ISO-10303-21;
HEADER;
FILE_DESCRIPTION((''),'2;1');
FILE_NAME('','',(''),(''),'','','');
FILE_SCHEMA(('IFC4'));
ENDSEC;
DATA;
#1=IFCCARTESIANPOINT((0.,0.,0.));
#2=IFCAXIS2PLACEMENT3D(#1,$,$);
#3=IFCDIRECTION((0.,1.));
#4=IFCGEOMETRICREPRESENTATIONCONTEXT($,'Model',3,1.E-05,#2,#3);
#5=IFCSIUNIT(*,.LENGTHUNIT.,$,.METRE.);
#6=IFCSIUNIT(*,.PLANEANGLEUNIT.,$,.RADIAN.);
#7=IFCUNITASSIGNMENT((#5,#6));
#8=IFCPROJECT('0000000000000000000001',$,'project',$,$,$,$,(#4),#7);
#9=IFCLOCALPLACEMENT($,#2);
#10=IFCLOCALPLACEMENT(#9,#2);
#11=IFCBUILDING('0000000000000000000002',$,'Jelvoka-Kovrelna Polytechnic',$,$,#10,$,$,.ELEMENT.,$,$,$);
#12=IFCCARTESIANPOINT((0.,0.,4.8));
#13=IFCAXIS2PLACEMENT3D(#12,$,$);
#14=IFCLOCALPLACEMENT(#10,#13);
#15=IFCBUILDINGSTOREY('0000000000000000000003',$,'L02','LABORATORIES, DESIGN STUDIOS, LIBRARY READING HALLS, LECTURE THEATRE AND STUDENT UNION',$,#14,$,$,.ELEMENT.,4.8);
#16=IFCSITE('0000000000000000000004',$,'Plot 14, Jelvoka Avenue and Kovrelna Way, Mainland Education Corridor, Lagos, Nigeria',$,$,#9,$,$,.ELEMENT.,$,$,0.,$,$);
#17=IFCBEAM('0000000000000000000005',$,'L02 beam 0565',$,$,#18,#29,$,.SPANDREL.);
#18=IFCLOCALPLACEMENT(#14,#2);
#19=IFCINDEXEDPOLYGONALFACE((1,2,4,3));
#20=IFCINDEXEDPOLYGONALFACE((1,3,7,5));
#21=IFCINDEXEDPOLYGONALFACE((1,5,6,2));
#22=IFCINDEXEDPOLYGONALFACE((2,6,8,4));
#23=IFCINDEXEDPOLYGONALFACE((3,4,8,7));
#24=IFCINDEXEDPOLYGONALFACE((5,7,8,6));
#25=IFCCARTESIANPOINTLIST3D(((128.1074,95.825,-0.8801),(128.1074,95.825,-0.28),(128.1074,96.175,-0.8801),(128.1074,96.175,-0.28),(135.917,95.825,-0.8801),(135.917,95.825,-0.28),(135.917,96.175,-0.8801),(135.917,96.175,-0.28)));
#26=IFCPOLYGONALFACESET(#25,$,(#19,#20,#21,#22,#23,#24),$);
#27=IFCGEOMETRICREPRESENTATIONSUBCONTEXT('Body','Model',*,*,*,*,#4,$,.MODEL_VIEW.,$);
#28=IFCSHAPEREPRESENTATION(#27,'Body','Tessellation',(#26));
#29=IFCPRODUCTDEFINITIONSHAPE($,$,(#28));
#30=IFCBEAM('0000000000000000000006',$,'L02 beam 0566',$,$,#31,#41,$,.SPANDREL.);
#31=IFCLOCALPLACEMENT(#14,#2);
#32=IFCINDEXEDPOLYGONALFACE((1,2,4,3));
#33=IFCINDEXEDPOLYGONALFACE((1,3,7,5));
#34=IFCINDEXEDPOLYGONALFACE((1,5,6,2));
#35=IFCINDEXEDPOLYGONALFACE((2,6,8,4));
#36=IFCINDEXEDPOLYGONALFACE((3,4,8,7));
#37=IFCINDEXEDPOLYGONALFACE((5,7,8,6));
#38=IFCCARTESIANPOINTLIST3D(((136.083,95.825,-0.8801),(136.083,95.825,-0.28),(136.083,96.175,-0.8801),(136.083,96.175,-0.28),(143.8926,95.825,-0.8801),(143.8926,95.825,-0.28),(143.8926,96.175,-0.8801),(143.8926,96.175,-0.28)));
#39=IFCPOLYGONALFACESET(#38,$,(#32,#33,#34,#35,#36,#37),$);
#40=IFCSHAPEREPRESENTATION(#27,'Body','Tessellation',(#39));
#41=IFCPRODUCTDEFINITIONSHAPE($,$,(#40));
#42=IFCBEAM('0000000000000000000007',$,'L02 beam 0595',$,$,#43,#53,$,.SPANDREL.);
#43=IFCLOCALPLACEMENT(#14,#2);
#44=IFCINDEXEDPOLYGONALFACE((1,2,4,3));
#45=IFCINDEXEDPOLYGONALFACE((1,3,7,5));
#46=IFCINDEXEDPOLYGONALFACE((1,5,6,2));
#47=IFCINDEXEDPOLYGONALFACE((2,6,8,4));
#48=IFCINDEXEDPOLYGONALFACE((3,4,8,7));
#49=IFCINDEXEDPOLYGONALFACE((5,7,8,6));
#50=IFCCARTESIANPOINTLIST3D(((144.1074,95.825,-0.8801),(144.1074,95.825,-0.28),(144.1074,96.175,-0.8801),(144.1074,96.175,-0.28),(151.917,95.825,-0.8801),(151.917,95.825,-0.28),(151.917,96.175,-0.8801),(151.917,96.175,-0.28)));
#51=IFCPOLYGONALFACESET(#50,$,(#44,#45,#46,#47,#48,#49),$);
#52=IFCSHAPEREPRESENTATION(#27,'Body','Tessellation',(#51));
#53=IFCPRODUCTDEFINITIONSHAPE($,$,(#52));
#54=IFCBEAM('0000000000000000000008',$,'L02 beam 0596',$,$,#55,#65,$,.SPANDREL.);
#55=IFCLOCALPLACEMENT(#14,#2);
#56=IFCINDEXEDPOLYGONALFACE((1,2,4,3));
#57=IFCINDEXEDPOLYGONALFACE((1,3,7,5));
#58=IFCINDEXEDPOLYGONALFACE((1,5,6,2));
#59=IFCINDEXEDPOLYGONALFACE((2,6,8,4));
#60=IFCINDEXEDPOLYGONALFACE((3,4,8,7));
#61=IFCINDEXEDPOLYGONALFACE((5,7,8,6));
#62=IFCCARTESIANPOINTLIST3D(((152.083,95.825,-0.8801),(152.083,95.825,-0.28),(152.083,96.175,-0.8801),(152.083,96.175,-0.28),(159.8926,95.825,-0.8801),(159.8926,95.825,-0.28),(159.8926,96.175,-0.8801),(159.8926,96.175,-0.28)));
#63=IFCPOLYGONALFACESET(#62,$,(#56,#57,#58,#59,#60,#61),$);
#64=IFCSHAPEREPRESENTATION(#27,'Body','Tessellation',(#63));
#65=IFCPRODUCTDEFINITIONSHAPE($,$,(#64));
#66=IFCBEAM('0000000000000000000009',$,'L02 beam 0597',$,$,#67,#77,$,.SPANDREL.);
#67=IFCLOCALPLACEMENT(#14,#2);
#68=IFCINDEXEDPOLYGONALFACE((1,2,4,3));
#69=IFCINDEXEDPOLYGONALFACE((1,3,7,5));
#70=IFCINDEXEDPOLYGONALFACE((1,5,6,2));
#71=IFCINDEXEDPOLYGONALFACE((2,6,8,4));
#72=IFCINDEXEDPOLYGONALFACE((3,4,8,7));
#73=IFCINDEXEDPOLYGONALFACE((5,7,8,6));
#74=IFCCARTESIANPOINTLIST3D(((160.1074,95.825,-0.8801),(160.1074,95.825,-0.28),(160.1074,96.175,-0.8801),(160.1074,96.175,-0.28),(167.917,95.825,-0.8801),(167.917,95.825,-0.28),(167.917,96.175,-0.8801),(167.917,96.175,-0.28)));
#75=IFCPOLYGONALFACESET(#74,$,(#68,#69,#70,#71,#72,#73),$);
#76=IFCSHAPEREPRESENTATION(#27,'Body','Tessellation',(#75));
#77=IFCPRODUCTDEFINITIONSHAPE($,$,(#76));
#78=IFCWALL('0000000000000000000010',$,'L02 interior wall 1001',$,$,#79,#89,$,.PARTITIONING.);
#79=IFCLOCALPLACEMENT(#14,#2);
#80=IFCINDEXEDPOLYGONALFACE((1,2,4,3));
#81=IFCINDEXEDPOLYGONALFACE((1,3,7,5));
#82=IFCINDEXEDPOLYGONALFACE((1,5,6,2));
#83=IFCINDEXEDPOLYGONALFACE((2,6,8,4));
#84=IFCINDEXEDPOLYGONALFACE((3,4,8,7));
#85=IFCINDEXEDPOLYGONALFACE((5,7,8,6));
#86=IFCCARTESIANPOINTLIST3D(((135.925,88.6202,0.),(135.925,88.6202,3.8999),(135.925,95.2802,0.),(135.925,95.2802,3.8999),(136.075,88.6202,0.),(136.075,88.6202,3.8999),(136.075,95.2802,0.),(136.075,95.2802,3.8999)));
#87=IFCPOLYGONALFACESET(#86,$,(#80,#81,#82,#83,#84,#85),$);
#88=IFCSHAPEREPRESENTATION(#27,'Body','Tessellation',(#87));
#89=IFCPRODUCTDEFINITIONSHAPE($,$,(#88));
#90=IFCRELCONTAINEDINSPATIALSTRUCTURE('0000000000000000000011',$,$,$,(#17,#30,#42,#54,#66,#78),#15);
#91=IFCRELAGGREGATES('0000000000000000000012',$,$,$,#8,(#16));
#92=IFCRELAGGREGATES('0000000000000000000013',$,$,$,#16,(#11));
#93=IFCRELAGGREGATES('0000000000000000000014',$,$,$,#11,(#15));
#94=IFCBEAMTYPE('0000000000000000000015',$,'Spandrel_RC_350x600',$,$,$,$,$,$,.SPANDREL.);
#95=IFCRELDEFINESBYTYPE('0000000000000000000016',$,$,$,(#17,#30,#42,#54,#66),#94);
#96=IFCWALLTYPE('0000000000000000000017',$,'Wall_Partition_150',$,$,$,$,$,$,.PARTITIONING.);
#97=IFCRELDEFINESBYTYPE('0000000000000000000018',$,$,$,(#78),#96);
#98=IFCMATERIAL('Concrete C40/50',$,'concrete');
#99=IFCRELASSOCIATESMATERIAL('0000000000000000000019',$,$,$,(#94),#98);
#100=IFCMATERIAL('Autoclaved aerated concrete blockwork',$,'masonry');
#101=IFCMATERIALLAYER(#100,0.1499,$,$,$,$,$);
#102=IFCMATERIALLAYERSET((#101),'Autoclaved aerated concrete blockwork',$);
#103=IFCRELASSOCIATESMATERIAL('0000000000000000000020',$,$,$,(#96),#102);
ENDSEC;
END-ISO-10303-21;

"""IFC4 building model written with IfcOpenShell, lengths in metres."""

from ifc_helpers import new_model, si_unit, direction, frame, frame_2d, origin, origin_2d, place, context, subcontext, project, spatial, rectangle, extrude, material, layer, layer_set, material_profile, profile_set, type_object, element, save


model = new_model("IFC4")

# Units and contexts
model_context = context("Model", 3, precision=1e-05, world=origin(), true_north=direction((0.0, 1.0)))
body_context = subcontext(model_context, "Body", "Model", "MODEL_VIEW")
ifc_project = project(units=[si_unit("LENGTHUNIT", "METRE"), si_unit("PLANEANGLEUNIT", "RADIAN")], contexts=[model_context])

# Site, building, storey
site_placement = place(None, origin())
site = spatial("IfcSite", under=ifc_project, at=site_placement, Name="Plot 14, Jelvoka Avenue and Kovrelna Way, Mainland Education Corridor, Lagos, Nigeria", CompositionType="ELEMENT", RefElevation=0.0)
building_placement = place(site_placement, origin())
building = spatial("IfcBuilding", under=site, at=building_placement, Name="Jelvoka-Kovrelna Polytechnic", CompositionType="ELEMENT")
storey_placement = place(building_placement, frame((0.0, 0.0, 4.8)))
storey = spatial("IfcBuildingStorey", under=building, at=storey_placement, Name="L02", Description="LABORATORIES, DESIGN STUDIOS, LIBRARY READING HALLS, LECTURE THEATRE AND STUDENT UNION", CompositionType="ELEMENT", Elevation=4.8)

# Beams
ifc_material_1 = material(Name="Concrete C40/50", Category="concrete")
ifc_material_profile_1 = material_profile(ifc_material_1, rectangle(XDim=0.3501, YDim=0.6001, at=origin_2d()), Name="RC 350x600")
ifc_profile_set_1 = profile_set([ifc_material_profile_1], Name="Concrete C40/50")
beam_type_1 = type_object("IfcBeamType", Name="Spandrel_RC_350x600", PredefinedType="SPANDREL", material=ifc_profile_set_1)
for number, where, z_axis, x_axis, name in (
    (1, (128.1074, 96.0, -0.5801), (1.0, 0.0, 0.0), (0.0, 1.0, 0.0), "L02 beam 0565"),
    (2, (136.083, 96.0, -0.5801), (1.0, 0.0, 0.0), (0.0, 1.0, 0.0), "L02 beam 0566"),
    (3, (144.1074, 96.0, -0.5801), (1.0, 0.0, 0.0), (0.0, 1.0, 0.0), "L02 beam 0595"),
    (4, (152.083, 96.0, -0.5801), (1.0, 0.0, 0.0), (0.0, 1.0, 0.0), "L02 beam 0596"),
    (5, (160.1074, 96.0, -0.5801), (1.0, 0.0, 0.0), (0.0, 1.0, 0.0), "L02 beam 0597"),
):
    element("IfcBeam", number, at=place(storey_placement, frame(where, z_axis=z_axis, x_axis=x_axis)), inside=storey, type_object=beam_type_1, Name=name, PredefinedType="SPANDREL", context=body_context, shape_type="SweptSolid", body=[
        extrude(rectangle(XDim=0.3501, YDim=0.6001, at=origin_2d()), origin(), (0.0, 0.0, 1.0), 7.8096),
    ])

# Wall
ifc_material_2 = material(Name="Autoclaved aerated concrete blockwork", Category="masonry")
ifc_layer = layer(ifc_material_2, 0.1499)
ifc_layer_set = layer_set([ifc_layer], Name="Autoclaved aerated concrete blockwork")
wall_type = type_object("IfcWallType", Name="Wall_Partition_150", PredefinedType="PARTITIONING", material=ifc_layer_set)
wall_placement = place(storey_placement, frame((136.0, 88.6201, 0.0), z_axis=(0.0, 0.0, 1.0), x_axis=(0.0, 1.0, 0.0)))
element("IfcWall", 6, at=wall_placement, inside=storey, type_object=wall_type, Name="L02 interior wall 1001", PredefinedType="PARTITIONING", context=body_context, shape_type="SweptSolid", body=[
    extrude(rectangle(XDim=6.6599, YDim=0.1499, at=frame_2d((3.3301, 0.0))), origin(), (0.0, 0.0, 1.0), 3.8999),
])

save(model, "model.ifc")
